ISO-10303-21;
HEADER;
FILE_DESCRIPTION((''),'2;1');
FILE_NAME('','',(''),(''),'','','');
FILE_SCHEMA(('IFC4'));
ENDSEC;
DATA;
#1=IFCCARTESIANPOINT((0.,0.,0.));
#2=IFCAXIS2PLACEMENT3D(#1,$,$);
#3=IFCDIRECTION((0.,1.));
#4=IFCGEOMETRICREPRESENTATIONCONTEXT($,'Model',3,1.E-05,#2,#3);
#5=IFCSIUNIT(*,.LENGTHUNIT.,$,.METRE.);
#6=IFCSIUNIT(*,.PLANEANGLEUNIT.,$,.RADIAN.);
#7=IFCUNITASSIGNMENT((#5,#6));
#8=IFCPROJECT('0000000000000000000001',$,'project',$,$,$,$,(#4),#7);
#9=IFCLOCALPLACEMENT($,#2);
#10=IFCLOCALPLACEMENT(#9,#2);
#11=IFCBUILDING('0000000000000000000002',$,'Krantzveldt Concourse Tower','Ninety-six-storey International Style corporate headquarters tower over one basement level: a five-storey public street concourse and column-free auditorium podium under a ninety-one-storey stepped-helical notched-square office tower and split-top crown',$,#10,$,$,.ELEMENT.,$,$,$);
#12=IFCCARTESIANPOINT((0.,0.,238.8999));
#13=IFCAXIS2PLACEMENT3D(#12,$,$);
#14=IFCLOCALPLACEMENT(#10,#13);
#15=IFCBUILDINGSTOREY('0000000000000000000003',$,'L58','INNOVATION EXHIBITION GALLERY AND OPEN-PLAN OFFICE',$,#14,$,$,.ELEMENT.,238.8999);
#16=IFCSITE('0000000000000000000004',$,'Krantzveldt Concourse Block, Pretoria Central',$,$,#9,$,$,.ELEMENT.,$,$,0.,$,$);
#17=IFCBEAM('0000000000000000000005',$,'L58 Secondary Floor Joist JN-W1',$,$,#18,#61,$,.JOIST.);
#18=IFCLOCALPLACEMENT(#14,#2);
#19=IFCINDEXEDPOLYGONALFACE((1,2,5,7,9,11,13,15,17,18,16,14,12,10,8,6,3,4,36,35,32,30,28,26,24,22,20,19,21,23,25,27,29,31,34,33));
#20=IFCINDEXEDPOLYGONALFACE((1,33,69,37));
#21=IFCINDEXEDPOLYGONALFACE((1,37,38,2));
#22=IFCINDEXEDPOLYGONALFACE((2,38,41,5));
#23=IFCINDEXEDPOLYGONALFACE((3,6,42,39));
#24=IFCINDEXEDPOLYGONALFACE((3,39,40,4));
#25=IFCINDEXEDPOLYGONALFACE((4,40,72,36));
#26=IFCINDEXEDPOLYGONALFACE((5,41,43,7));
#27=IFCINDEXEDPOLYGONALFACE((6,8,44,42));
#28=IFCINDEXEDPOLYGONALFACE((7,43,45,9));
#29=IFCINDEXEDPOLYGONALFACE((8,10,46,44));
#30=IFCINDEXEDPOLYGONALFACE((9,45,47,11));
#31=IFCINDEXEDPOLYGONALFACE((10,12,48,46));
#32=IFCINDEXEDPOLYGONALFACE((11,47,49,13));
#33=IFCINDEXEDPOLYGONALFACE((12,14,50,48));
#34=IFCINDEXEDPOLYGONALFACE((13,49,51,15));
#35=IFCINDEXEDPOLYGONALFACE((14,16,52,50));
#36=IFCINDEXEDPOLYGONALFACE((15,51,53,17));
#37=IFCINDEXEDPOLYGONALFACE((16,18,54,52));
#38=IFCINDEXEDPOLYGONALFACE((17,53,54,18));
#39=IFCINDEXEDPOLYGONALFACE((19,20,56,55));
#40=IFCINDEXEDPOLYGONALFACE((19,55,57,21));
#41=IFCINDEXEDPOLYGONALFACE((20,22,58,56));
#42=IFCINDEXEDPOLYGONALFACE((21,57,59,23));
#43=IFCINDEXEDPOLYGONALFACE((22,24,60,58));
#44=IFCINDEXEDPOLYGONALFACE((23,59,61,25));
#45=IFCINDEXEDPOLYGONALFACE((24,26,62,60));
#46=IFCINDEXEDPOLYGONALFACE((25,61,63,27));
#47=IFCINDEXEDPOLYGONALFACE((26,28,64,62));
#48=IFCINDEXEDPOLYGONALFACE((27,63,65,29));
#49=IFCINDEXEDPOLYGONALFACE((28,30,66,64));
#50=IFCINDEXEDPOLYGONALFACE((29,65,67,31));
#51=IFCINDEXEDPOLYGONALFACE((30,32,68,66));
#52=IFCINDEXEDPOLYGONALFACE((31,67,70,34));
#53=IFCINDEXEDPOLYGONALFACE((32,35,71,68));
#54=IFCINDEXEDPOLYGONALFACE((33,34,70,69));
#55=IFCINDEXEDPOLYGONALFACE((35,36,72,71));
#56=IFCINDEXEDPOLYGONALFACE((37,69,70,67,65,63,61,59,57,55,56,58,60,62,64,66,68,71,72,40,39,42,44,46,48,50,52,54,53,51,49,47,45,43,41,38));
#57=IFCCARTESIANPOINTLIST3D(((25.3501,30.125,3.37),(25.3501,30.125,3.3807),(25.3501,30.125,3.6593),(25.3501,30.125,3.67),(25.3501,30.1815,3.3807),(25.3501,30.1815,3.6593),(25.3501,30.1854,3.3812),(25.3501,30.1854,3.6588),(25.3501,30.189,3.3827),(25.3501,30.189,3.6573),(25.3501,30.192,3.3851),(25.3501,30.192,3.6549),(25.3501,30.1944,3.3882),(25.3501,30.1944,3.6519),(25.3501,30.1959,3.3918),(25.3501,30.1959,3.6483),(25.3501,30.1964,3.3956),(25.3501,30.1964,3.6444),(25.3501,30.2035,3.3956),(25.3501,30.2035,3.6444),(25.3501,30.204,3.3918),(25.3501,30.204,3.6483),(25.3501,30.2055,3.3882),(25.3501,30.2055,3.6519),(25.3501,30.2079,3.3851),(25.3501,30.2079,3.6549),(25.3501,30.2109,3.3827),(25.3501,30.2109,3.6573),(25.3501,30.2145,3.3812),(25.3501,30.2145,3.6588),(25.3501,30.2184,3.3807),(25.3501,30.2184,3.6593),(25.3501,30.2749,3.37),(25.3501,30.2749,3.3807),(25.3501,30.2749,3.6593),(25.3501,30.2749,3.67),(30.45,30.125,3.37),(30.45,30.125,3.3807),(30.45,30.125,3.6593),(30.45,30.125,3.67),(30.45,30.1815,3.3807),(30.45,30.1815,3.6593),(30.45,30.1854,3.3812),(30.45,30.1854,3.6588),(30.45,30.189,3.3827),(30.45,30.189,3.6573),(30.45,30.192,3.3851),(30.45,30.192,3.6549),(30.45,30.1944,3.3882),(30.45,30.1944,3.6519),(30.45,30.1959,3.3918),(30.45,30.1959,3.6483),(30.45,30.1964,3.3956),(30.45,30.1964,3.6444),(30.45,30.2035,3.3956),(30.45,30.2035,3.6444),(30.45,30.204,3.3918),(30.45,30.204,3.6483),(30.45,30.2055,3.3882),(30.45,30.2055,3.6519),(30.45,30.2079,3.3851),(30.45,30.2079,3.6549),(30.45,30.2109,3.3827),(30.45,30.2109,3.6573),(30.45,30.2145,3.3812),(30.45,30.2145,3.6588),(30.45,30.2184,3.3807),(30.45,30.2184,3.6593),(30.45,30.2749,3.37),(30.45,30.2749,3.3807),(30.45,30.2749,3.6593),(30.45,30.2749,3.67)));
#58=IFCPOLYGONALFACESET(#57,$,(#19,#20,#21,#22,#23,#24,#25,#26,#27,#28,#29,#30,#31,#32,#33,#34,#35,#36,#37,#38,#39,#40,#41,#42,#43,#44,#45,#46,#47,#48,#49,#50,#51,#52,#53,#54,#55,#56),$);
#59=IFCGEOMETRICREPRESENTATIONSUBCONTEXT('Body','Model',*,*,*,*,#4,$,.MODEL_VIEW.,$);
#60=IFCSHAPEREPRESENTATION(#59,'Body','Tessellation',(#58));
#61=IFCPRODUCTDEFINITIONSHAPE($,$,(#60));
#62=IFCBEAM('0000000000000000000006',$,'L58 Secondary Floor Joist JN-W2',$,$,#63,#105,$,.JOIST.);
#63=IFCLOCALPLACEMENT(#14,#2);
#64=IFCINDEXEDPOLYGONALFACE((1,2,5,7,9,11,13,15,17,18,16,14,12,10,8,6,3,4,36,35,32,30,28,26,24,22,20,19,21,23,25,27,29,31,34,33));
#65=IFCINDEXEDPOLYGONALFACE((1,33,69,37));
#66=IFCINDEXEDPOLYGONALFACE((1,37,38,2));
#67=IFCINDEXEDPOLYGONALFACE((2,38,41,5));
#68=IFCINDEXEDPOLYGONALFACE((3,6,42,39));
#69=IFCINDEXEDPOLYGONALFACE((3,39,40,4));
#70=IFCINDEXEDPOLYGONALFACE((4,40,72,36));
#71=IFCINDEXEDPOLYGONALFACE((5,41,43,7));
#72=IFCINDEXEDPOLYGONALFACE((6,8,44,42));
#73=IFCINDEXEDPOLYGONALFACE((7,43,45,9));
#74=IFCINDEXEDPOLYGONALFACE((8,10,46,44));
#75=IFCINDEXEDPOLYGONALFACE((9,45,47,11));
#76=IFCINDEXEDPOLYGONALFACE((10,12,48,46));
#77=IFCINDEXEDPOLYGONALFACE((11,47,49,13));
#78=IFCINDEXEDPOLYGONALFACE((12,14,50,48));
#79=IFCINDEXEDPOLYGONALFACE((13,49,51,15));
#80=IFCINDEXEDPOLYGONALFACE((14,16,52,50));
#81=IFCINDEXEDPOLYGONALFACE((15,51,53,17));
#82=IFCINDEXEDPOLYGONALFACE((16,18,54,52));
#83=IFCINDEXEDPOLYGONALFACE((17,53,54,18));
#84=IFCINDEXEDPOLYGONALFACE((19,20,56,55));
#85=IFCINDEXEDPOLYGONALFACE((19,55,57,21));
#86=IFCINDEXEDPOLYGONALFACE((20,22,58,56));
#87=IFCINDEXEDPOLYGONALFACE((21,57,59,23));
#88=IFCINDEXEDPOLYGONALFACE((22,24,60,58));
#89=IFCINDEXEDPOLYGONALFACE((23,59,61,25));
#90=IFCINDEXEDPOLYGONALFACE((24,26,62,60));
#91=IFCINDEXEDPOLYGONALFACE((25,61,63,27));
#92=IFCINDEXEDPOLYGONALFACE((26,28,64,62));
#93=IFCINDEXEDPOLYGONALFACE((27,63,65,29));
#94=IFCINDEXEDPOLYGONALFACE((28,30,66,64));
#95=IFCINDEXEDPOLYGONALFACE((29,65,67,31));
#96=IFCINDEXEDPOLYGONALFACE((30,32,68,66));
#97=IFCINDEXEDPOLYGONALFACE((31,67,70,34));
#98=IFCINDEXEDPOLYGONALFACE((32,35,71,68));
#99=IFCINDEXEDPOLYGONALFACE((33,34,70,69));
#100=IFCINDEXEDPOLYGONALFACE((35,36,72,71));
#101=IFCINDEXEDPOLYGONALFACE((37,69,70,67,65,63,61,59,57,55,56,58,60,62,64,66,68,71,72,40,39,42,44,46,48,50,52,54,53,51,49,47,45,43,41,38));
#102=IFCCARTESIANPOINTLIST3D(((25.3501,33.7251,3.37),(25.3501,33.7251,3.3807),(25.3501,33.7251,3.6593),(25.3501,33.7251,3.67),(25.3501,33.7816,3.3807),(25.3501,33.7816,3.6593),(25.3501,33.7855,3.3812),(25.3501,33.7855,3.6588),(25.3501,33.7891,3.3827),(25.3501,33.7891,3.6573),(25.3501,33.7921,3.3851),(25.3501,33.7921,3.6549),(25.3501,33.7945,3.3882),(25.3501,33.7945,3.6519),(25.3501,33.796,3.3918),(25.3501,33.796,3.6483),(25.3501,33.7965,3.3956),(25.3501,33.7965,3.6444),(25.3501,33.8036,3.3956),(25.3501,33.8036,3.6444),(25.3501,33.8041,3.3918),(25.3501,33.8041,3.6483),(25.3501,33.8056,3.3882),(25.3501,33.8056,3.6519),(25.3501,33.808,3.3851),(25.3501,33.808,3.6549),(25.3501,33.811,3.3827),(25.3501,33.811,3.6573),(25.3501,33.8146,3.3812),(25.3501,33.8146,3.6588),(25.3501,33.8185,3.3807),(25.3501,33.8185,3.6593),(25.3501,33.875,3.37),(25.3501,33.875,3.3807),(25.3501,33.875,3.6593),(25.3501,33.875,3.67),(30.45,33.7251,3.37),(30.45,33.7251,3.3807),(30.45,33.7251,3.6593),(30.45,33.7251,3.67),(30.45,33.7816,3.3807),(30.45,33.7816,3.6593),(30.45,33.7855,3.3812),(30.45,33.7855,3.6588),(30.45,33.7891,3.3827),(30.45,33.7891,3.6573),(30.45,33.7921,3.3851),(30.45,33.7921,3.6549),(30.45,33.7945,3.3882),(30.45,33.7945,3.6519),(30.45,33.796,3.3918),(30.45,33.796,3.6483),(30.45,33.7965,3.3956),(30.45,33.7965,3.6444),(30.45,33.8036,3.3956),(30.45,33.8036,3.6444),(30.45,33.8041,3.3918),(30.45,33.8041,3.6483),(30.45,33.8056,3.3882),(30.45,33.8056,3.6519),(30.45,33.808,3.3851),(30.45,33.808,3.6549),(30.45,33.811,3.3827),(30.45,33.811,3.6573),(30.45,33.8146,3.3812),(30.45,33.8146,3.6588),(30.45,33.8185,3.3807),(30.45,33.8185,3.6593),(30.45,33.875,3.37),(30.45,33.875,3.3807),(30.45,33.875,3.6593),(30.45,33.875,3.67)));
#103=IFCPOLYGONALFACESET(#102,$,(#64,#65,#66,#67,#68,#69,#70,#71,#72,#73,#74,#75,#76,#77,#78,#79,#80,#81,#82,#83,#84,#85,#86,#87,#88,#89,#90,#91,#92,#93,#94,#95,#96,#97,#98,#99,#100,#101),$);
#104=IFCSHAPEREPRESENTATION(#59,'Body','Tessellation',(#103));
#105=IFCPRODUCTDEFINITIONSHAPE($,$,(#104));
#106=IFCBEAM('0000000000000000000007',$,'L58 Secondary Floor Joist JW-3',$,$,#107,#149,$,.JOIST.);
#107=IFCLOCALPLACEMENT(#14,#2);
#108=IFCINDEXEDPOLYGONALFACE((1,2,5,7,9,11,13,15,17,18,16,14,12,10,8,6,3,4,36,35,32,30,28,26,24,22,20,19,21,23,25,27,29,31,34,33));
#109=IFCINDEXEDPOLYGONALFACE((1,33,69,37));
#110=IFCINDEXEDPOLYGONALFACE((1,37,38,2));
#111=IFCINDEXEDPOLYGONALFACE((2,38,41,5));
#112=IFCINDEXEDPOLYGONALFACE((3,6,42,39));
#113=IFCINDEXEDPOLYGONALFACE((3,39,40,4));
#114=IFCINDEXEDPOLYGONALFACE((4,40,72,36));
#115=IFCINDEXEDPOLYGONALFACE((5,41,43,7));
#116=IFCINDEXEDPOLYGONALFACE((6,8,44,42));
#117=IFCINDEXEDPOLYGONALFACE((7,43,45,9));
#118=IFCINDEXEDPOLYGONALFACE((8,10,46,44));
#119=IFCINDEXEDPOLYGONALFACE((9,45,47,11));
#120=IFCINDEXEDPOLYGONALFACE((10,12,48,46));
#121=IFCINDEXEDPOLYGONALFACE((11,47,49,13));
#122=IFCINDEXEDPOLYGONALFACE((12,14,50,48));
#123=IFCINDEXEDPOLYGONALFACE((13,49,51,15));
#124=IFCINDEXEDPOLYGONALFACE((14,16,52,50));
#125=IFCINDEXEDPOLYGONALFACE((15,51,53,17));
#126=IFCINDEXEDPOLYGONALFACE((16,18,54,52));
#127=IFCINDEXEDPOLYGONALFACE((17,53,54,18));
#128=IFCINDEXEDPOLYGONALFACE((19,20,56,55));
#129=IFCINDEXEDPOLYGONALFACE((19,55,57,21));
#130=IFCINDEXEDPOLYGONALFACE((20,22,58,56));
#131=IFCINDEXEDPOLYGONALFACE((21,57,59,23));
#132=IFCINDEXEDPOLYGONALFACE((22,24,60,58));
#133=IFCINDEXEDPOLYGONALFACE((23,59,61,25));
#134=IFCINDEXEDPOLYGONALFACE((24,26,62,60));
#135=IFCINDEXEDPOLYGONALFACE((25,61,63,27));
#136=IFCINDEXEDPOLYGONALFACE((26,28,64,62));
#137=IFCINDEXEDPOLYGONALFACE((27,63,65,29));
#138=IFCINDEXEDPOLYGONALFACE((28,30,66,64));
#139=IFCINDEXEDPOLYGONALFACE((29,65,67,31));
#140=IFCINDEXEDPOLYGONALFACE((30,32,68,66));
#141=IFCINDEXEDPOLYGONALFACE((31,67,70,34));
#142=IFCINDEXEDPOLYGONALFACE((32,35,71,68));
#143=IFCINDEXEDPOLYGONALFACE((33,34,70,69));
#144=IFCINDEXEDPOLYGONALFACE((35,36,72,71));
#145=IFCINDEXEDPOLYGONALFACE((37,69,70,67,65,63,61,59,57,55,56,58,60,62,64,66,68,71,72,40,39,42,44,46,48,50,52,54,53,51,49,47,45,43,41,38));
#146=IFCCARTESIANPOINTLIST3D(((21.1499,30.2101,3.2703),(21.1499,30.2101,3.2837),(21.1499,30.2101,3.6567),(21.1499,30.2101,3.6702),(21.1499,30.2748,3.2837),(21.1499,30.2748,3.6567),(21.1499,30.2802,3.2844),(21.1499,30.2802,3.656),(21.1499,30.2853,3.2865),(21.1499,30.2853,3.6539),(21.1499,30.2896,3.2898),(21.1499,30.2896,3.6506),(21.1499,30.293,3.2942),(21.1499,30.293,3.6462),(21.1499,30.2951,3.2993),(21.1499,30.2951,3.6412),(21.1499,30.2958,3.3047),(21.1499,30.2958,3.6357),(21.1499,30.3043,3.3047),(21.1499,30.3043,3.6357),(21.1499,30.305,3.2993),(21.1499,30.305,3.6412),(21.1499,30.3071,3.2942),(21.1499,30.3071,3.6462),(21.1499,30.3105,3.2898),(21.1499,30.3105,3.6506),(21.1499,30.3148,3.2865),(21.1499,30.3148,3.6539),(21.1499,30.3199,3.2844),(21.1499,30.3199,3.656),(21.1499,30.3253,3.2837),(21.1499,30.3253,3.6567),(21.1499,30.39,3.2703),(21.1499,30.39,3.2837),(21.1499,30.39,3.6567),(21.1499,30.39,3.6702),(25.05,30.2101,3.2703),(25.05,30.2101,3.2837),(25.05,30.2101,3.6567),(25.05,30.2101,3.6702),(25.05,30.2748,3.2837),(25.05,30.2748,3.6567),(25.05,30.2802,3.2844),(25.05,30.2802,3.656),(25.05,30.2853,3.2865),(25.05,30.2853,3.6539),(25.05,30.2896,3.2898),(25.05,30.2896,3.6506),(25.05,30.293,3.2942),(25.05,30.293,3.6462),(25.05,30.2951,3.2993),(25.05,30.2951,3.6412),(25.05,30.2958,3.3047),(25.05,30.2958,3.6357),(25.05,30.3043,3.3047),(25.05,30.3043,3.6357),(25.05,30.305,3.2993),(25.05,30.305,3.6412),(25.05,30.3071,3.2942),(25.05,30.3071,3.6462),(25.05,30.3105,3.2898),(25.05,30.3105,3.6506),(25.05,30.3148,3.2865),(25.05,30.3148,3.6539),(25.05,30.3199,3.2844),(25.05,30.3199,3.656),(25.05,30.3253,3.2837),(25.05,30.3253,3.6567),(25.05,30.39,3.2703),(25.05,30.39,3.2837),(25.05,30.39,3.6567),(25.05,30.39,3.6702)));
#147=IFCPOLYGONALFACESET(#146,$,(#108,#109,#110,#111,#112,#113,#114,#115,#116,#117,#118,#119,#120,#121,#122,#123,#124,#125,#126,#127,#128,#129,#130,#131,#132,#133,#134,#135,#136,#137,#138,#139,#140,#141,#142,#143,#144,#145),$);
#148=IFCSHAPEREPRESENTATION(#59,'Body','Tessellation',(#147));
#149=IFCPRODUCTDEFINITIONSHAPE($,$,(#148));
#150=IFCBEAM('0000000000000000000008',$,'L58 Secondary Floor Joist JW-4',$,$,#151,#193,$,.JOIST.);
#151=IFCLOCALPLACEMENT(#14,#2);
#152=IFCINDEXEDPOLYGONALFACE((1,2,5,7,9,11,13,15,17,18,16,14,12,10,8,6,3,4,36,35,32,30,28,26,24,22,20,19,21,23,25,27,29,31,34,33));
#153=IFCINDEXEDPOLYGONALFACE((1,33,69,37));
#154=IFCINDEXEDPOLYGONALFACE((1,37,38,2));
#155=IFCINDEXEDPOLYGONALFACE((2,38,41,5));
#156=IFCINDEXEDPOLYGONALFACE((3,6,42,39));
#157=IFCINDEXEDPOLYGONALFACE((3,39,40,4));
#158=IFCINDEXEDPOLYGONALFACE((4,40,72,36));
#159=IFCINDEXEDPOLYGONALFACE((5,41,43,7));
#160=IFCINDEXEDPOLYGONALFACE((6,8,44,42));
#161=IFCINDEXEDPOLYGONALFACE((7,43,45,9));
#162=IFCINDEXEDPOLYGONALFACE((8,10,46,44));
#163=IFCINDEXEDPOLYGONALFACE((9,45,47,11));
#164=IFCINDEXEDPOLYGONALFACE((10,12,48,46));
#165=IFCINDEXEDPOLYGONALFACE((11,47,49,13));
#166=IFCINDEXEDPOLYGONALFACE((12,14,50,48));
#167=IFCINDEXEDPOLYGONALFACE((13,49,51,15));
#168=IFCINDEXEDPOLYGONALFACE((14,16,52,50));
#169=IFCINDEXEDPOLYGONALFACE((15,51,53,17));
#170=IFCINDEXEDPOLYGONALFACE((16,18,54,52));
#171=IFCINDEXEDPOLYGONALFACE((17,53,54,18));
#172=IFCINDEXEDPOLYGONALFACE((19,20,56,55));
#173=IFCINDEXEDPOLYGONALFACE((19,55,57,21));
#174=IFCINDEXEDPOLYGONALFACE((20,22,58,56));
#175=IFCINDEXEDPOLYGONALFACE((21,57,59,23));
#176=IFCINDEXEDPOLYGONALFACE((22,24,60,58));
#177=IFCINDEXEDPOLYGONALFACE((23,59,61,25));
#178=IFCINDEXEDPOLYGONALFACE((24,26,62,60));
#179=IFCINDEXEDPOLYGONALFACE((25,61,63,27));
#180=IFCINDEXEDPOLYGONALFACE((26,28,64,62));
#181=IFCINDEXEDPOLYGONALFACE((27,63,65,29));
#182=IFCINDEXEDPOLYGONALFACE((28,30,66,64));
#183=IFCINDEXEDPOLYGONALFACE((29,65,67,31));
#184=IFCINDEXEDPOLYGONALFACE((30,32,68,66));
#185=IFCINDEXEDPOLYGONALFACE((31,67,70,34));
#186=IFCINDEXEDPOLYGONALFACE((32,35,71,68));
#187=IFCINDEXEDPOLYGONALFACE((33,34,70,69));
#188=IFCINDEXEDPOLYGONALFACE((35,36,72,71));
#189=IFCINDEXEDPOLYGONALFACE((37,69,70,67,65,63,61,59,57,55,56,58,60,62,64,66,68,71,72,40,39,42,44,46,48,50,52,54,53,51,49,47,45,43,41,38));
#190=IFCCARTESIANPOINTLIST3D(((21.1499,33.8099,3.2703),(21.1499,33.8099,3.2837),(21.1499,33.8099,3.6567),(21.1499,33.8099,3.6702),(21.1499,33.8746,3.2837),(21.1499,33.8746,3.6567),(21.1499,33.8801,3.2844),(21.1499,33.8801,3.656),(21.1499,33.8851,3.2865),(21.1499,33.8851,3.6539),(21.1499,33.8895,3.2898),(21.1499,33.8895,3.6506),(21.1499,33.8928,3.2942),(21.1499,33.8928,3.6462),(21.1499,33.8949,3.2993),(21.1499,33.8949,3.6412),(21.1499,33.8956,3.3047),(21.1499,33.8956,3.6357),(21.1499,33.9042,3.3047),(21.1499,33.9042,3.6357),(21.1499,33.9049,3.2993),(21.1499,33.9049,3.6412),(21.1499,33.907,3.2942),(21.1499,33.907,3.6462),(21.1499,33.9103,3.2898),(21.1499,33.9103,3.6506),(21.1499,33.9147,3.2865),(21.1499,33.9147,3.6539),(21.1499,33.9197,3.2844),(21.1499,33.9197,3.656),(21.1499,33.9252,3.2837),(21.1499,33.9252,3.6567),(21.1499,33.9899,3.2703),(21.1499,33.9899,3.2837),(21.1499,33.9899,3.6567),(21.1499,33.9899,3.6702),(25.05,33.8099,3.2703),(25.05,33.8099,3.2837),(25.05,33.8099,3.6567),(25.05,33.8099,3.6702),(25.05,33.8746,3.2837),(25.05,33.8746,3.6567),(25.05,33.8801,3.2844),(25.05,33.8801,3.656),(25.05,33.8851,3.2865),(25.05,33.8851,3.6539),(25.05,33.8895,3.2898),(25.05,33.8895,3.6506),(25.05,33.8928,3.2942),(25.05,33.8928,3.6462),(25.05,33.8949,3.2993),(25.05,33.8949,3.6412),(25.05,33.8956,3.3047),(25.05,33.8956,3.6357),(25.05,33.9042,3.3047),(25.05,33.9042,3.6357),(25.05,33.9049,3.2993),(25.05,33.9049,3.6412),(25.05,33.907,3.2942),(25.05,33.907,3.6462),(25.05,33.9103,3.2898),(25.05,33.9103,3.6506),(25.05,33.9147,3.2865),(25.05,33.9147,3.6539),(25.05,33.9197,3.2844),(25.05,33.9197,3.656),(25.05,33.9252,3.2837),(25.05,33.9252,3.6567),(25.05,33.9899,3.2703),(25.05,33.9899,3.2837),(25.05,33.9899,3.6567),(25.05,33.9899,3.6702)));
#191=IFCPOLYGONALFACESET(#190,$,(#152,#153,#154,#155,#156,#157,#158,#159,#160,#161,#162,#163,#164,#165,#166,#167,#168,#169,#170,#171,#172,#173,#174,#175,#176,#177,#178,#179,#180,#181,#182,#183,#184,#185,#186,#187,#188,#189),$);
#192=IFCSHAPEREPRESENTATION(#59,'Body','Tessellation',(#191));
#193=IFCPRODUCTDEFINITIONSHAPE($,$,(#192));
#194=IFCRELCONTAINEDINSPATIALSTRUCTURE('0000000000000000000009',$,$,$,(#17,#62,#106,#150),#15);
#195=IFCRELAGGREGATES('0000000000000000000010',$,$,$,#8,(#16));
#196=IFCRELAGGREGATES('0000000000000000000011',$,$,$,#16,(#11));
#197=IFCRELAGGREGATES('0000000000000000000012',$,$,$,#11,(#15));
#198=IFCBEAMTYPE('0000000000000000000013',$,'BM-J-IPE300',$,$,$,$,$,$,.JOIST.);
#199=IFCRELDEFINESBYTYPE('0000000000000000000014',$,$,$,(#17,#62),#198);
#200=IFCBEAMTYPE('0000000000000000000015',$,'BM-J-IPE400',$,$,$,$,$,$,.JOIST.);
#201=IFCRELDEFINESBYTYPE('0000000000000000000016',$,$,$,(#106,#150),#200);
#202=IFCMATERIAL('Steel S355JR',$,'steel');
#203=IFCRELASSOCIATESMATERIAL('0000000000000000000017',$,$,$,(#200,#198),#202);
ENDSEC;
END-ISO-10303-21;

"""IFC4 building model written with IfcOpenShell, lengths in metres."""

from ifc_helpers import new_model, si_unit, direction, frame, origin, origin_2d, place, context, subcontext, project, spatial, i_section, extrude, source, transform, mapped, material, material_profile, profile_set, type_object, type_shapes, element, save


model = new_model("IFC4")

# Units and contexts
model_context = context("Model", 3, precision=1e-05, world=origin(), true_north=direction((0.0, 1.0)))
body_context = subcontext(model_context, "Body", "Model", "MODEL_VIEW")
ifc_project = project(units=[si_unit("LENGTHUNIT", "METRE"), si_unit("PLANEANGLEUNIT", "RADIAN")], contexts=[model_context])

# Site, building, storey
site_placement = place(None, origin())
site = spatial("IfcSite", under=ifc_project, at=site_placement, Name="Krantzveldt Concourse Block, Pretoria Central", CompositionType="ELEMENT", RefElevation=0.0)
building_placement = place(site_placement, origin())
building = spatial("IfcBuilding", under=site, at=building_placement, Name="Krantzveldt Concourse Tower", Description="Ninety-six-storey International Style corporate headquarters tower over one basement level: a five-storey public street concourse and column-free auditorium podium under a ninety-one-storey stepped-helical notched-square office tower and split-top crown", CompositionType="ELEMENT")
storey_placement = place(building_placement, frame((0.0, 0.0, 238.8999)))
storey = spatial("IfcBuildingStorey", under=building, at=storey_placement, Name="L58", Description="INNOVATION EXHIBITION GALLERY AND OPEN-PLAN OFFICE", CompositionType="ELEMENT", Elevation=238.8999)

# Beams
ifc_material_1 = material(Name="Steel S355JR", Category="steel")
ifc_material_profile_1 = material_profile(ifc_material_1, i_section(OverallWidth=0.1799, OverallDepth=0.3999, WebThickness=0.0085, FlangeThickness=0.0134, FilletRadius=0.021, at=origin_2d()), Name="Steel S355JR", Category="steel")
ifc_profile_set_1 = profile_set([ifc_material_profile_1], Name="Steel S355JR - IPE 400")
beam_type_1 = type_object("IfcBeamType", Name="BM-J-IPE400", PredefinedType="JOIST", material=ifc_profile_set_1)
ifc_material_profile_2 = material_profile(ifc_material_1, i_section(OverallWidth=0.1499, OverallDepth=0.3, WebThickness=0.0071, FlangeThickness=0.0107, FilletRadius=0.0149, at=origin_2d()), Name="Steel S355JR", Category="steel")
ifc_profile_set_2 = profile_set([ifc_material_profile_2], Name="Steel S355JR - IPE 300")
beam_type_2 = type_object("IfcBeamType", Name="BM-J-IPE300", PredefinedType="JOIST", material=ifc_profile_set_2)
shared_shape_1 = source(origin(), body_context, "Body", "SweptSolid", [
    extrude(i_section(OverallWidth=0.1499, OverallDepth=0.3, WebThickness=0.0071, FlangeThickness=0.0107, FilletRadius=0.0149, at=origin_2d()), origin(), (0.0, 0.0, 1.0), 5.0999),
])
type_shapes(beam_type_2, [shared_shape_1])
for number, where, z_axis, x_axis, name in (
    (1, (25.3501, 30.2, 3.52), (1.0, 0.0, 0.0), (0.0, 1.0, 0.0), "L58 Secondary Floor Joist JN-W1"),
    (2, (25.3501, 33.8, 3.52), (1.0, 0.0, 0.0), (0.0, 1.0, 0.0), "L58 Secondary Floor Joist JN-W2"),
):
    element("IfcBeam", number, at=place(storey_placement, frame(where, z_axis=z_axis, x_axis=x_axis)), inside=storey, type_object=beam_type_2, Name=name, PredefinedType="JOIST", context=body_context, shape_type="MappedRepresentation", body=[
        mapped(shared_shape_1, transform((0.0, 0.0, 0.0), x_axis=(1.0, 0.0, 0.0), y_axis=(0.0, 1.0, 0.0), z_axis=(0.0, 0.0, 1.0), scale=1.0)),
    ])
shared_shape_2 = source(origin(), body_context, "Body", "SweptSolid", [
    extrude(i_section(OverallWidth=0.1799, OverallDepth=0.3999, WebThickness=0.0085, FlangeThickness=0.0134, FilletRadius=0.021, at=origin_2d()), origin(), (0.0, 0.0, 1.0), 3.9001),
])
for number, where, z_axis, x_axis, name in (
    (3, (21.1499, 30.3, 3.4702), (1.0, 0.0, 0.0), (0.0, 1.0, 0.0), "L58 Secondary Floor Joist JW-3"),
    (4, (21.1499, 33.8999, 3.4702), (1.0, 0.0, 0.0), (0.0, 1.0, 0.0), "L58 Secondary Floor Joist JW-4"),
):
    element("IfcBeam", number, at=place(storey_placement, frame(where, z_axis=z_axis, x_axis=x_axis)), inside=storey, type_object=beam_type_1, Name=name, PredefinedType="JOIST", context=body_context, shape_type="MappedRepresentation", body=[
        mapped(shared_shape_2, transform((0.0, 0.0, 0.0), x_axis=(1.0, 0.0, 0.0), y_axis=(0.0, 1.0, 0.0), z_axis=(0.0, 0.0, 1.0), scale=1.0)),
    ])

save(model, "model.ifc")
